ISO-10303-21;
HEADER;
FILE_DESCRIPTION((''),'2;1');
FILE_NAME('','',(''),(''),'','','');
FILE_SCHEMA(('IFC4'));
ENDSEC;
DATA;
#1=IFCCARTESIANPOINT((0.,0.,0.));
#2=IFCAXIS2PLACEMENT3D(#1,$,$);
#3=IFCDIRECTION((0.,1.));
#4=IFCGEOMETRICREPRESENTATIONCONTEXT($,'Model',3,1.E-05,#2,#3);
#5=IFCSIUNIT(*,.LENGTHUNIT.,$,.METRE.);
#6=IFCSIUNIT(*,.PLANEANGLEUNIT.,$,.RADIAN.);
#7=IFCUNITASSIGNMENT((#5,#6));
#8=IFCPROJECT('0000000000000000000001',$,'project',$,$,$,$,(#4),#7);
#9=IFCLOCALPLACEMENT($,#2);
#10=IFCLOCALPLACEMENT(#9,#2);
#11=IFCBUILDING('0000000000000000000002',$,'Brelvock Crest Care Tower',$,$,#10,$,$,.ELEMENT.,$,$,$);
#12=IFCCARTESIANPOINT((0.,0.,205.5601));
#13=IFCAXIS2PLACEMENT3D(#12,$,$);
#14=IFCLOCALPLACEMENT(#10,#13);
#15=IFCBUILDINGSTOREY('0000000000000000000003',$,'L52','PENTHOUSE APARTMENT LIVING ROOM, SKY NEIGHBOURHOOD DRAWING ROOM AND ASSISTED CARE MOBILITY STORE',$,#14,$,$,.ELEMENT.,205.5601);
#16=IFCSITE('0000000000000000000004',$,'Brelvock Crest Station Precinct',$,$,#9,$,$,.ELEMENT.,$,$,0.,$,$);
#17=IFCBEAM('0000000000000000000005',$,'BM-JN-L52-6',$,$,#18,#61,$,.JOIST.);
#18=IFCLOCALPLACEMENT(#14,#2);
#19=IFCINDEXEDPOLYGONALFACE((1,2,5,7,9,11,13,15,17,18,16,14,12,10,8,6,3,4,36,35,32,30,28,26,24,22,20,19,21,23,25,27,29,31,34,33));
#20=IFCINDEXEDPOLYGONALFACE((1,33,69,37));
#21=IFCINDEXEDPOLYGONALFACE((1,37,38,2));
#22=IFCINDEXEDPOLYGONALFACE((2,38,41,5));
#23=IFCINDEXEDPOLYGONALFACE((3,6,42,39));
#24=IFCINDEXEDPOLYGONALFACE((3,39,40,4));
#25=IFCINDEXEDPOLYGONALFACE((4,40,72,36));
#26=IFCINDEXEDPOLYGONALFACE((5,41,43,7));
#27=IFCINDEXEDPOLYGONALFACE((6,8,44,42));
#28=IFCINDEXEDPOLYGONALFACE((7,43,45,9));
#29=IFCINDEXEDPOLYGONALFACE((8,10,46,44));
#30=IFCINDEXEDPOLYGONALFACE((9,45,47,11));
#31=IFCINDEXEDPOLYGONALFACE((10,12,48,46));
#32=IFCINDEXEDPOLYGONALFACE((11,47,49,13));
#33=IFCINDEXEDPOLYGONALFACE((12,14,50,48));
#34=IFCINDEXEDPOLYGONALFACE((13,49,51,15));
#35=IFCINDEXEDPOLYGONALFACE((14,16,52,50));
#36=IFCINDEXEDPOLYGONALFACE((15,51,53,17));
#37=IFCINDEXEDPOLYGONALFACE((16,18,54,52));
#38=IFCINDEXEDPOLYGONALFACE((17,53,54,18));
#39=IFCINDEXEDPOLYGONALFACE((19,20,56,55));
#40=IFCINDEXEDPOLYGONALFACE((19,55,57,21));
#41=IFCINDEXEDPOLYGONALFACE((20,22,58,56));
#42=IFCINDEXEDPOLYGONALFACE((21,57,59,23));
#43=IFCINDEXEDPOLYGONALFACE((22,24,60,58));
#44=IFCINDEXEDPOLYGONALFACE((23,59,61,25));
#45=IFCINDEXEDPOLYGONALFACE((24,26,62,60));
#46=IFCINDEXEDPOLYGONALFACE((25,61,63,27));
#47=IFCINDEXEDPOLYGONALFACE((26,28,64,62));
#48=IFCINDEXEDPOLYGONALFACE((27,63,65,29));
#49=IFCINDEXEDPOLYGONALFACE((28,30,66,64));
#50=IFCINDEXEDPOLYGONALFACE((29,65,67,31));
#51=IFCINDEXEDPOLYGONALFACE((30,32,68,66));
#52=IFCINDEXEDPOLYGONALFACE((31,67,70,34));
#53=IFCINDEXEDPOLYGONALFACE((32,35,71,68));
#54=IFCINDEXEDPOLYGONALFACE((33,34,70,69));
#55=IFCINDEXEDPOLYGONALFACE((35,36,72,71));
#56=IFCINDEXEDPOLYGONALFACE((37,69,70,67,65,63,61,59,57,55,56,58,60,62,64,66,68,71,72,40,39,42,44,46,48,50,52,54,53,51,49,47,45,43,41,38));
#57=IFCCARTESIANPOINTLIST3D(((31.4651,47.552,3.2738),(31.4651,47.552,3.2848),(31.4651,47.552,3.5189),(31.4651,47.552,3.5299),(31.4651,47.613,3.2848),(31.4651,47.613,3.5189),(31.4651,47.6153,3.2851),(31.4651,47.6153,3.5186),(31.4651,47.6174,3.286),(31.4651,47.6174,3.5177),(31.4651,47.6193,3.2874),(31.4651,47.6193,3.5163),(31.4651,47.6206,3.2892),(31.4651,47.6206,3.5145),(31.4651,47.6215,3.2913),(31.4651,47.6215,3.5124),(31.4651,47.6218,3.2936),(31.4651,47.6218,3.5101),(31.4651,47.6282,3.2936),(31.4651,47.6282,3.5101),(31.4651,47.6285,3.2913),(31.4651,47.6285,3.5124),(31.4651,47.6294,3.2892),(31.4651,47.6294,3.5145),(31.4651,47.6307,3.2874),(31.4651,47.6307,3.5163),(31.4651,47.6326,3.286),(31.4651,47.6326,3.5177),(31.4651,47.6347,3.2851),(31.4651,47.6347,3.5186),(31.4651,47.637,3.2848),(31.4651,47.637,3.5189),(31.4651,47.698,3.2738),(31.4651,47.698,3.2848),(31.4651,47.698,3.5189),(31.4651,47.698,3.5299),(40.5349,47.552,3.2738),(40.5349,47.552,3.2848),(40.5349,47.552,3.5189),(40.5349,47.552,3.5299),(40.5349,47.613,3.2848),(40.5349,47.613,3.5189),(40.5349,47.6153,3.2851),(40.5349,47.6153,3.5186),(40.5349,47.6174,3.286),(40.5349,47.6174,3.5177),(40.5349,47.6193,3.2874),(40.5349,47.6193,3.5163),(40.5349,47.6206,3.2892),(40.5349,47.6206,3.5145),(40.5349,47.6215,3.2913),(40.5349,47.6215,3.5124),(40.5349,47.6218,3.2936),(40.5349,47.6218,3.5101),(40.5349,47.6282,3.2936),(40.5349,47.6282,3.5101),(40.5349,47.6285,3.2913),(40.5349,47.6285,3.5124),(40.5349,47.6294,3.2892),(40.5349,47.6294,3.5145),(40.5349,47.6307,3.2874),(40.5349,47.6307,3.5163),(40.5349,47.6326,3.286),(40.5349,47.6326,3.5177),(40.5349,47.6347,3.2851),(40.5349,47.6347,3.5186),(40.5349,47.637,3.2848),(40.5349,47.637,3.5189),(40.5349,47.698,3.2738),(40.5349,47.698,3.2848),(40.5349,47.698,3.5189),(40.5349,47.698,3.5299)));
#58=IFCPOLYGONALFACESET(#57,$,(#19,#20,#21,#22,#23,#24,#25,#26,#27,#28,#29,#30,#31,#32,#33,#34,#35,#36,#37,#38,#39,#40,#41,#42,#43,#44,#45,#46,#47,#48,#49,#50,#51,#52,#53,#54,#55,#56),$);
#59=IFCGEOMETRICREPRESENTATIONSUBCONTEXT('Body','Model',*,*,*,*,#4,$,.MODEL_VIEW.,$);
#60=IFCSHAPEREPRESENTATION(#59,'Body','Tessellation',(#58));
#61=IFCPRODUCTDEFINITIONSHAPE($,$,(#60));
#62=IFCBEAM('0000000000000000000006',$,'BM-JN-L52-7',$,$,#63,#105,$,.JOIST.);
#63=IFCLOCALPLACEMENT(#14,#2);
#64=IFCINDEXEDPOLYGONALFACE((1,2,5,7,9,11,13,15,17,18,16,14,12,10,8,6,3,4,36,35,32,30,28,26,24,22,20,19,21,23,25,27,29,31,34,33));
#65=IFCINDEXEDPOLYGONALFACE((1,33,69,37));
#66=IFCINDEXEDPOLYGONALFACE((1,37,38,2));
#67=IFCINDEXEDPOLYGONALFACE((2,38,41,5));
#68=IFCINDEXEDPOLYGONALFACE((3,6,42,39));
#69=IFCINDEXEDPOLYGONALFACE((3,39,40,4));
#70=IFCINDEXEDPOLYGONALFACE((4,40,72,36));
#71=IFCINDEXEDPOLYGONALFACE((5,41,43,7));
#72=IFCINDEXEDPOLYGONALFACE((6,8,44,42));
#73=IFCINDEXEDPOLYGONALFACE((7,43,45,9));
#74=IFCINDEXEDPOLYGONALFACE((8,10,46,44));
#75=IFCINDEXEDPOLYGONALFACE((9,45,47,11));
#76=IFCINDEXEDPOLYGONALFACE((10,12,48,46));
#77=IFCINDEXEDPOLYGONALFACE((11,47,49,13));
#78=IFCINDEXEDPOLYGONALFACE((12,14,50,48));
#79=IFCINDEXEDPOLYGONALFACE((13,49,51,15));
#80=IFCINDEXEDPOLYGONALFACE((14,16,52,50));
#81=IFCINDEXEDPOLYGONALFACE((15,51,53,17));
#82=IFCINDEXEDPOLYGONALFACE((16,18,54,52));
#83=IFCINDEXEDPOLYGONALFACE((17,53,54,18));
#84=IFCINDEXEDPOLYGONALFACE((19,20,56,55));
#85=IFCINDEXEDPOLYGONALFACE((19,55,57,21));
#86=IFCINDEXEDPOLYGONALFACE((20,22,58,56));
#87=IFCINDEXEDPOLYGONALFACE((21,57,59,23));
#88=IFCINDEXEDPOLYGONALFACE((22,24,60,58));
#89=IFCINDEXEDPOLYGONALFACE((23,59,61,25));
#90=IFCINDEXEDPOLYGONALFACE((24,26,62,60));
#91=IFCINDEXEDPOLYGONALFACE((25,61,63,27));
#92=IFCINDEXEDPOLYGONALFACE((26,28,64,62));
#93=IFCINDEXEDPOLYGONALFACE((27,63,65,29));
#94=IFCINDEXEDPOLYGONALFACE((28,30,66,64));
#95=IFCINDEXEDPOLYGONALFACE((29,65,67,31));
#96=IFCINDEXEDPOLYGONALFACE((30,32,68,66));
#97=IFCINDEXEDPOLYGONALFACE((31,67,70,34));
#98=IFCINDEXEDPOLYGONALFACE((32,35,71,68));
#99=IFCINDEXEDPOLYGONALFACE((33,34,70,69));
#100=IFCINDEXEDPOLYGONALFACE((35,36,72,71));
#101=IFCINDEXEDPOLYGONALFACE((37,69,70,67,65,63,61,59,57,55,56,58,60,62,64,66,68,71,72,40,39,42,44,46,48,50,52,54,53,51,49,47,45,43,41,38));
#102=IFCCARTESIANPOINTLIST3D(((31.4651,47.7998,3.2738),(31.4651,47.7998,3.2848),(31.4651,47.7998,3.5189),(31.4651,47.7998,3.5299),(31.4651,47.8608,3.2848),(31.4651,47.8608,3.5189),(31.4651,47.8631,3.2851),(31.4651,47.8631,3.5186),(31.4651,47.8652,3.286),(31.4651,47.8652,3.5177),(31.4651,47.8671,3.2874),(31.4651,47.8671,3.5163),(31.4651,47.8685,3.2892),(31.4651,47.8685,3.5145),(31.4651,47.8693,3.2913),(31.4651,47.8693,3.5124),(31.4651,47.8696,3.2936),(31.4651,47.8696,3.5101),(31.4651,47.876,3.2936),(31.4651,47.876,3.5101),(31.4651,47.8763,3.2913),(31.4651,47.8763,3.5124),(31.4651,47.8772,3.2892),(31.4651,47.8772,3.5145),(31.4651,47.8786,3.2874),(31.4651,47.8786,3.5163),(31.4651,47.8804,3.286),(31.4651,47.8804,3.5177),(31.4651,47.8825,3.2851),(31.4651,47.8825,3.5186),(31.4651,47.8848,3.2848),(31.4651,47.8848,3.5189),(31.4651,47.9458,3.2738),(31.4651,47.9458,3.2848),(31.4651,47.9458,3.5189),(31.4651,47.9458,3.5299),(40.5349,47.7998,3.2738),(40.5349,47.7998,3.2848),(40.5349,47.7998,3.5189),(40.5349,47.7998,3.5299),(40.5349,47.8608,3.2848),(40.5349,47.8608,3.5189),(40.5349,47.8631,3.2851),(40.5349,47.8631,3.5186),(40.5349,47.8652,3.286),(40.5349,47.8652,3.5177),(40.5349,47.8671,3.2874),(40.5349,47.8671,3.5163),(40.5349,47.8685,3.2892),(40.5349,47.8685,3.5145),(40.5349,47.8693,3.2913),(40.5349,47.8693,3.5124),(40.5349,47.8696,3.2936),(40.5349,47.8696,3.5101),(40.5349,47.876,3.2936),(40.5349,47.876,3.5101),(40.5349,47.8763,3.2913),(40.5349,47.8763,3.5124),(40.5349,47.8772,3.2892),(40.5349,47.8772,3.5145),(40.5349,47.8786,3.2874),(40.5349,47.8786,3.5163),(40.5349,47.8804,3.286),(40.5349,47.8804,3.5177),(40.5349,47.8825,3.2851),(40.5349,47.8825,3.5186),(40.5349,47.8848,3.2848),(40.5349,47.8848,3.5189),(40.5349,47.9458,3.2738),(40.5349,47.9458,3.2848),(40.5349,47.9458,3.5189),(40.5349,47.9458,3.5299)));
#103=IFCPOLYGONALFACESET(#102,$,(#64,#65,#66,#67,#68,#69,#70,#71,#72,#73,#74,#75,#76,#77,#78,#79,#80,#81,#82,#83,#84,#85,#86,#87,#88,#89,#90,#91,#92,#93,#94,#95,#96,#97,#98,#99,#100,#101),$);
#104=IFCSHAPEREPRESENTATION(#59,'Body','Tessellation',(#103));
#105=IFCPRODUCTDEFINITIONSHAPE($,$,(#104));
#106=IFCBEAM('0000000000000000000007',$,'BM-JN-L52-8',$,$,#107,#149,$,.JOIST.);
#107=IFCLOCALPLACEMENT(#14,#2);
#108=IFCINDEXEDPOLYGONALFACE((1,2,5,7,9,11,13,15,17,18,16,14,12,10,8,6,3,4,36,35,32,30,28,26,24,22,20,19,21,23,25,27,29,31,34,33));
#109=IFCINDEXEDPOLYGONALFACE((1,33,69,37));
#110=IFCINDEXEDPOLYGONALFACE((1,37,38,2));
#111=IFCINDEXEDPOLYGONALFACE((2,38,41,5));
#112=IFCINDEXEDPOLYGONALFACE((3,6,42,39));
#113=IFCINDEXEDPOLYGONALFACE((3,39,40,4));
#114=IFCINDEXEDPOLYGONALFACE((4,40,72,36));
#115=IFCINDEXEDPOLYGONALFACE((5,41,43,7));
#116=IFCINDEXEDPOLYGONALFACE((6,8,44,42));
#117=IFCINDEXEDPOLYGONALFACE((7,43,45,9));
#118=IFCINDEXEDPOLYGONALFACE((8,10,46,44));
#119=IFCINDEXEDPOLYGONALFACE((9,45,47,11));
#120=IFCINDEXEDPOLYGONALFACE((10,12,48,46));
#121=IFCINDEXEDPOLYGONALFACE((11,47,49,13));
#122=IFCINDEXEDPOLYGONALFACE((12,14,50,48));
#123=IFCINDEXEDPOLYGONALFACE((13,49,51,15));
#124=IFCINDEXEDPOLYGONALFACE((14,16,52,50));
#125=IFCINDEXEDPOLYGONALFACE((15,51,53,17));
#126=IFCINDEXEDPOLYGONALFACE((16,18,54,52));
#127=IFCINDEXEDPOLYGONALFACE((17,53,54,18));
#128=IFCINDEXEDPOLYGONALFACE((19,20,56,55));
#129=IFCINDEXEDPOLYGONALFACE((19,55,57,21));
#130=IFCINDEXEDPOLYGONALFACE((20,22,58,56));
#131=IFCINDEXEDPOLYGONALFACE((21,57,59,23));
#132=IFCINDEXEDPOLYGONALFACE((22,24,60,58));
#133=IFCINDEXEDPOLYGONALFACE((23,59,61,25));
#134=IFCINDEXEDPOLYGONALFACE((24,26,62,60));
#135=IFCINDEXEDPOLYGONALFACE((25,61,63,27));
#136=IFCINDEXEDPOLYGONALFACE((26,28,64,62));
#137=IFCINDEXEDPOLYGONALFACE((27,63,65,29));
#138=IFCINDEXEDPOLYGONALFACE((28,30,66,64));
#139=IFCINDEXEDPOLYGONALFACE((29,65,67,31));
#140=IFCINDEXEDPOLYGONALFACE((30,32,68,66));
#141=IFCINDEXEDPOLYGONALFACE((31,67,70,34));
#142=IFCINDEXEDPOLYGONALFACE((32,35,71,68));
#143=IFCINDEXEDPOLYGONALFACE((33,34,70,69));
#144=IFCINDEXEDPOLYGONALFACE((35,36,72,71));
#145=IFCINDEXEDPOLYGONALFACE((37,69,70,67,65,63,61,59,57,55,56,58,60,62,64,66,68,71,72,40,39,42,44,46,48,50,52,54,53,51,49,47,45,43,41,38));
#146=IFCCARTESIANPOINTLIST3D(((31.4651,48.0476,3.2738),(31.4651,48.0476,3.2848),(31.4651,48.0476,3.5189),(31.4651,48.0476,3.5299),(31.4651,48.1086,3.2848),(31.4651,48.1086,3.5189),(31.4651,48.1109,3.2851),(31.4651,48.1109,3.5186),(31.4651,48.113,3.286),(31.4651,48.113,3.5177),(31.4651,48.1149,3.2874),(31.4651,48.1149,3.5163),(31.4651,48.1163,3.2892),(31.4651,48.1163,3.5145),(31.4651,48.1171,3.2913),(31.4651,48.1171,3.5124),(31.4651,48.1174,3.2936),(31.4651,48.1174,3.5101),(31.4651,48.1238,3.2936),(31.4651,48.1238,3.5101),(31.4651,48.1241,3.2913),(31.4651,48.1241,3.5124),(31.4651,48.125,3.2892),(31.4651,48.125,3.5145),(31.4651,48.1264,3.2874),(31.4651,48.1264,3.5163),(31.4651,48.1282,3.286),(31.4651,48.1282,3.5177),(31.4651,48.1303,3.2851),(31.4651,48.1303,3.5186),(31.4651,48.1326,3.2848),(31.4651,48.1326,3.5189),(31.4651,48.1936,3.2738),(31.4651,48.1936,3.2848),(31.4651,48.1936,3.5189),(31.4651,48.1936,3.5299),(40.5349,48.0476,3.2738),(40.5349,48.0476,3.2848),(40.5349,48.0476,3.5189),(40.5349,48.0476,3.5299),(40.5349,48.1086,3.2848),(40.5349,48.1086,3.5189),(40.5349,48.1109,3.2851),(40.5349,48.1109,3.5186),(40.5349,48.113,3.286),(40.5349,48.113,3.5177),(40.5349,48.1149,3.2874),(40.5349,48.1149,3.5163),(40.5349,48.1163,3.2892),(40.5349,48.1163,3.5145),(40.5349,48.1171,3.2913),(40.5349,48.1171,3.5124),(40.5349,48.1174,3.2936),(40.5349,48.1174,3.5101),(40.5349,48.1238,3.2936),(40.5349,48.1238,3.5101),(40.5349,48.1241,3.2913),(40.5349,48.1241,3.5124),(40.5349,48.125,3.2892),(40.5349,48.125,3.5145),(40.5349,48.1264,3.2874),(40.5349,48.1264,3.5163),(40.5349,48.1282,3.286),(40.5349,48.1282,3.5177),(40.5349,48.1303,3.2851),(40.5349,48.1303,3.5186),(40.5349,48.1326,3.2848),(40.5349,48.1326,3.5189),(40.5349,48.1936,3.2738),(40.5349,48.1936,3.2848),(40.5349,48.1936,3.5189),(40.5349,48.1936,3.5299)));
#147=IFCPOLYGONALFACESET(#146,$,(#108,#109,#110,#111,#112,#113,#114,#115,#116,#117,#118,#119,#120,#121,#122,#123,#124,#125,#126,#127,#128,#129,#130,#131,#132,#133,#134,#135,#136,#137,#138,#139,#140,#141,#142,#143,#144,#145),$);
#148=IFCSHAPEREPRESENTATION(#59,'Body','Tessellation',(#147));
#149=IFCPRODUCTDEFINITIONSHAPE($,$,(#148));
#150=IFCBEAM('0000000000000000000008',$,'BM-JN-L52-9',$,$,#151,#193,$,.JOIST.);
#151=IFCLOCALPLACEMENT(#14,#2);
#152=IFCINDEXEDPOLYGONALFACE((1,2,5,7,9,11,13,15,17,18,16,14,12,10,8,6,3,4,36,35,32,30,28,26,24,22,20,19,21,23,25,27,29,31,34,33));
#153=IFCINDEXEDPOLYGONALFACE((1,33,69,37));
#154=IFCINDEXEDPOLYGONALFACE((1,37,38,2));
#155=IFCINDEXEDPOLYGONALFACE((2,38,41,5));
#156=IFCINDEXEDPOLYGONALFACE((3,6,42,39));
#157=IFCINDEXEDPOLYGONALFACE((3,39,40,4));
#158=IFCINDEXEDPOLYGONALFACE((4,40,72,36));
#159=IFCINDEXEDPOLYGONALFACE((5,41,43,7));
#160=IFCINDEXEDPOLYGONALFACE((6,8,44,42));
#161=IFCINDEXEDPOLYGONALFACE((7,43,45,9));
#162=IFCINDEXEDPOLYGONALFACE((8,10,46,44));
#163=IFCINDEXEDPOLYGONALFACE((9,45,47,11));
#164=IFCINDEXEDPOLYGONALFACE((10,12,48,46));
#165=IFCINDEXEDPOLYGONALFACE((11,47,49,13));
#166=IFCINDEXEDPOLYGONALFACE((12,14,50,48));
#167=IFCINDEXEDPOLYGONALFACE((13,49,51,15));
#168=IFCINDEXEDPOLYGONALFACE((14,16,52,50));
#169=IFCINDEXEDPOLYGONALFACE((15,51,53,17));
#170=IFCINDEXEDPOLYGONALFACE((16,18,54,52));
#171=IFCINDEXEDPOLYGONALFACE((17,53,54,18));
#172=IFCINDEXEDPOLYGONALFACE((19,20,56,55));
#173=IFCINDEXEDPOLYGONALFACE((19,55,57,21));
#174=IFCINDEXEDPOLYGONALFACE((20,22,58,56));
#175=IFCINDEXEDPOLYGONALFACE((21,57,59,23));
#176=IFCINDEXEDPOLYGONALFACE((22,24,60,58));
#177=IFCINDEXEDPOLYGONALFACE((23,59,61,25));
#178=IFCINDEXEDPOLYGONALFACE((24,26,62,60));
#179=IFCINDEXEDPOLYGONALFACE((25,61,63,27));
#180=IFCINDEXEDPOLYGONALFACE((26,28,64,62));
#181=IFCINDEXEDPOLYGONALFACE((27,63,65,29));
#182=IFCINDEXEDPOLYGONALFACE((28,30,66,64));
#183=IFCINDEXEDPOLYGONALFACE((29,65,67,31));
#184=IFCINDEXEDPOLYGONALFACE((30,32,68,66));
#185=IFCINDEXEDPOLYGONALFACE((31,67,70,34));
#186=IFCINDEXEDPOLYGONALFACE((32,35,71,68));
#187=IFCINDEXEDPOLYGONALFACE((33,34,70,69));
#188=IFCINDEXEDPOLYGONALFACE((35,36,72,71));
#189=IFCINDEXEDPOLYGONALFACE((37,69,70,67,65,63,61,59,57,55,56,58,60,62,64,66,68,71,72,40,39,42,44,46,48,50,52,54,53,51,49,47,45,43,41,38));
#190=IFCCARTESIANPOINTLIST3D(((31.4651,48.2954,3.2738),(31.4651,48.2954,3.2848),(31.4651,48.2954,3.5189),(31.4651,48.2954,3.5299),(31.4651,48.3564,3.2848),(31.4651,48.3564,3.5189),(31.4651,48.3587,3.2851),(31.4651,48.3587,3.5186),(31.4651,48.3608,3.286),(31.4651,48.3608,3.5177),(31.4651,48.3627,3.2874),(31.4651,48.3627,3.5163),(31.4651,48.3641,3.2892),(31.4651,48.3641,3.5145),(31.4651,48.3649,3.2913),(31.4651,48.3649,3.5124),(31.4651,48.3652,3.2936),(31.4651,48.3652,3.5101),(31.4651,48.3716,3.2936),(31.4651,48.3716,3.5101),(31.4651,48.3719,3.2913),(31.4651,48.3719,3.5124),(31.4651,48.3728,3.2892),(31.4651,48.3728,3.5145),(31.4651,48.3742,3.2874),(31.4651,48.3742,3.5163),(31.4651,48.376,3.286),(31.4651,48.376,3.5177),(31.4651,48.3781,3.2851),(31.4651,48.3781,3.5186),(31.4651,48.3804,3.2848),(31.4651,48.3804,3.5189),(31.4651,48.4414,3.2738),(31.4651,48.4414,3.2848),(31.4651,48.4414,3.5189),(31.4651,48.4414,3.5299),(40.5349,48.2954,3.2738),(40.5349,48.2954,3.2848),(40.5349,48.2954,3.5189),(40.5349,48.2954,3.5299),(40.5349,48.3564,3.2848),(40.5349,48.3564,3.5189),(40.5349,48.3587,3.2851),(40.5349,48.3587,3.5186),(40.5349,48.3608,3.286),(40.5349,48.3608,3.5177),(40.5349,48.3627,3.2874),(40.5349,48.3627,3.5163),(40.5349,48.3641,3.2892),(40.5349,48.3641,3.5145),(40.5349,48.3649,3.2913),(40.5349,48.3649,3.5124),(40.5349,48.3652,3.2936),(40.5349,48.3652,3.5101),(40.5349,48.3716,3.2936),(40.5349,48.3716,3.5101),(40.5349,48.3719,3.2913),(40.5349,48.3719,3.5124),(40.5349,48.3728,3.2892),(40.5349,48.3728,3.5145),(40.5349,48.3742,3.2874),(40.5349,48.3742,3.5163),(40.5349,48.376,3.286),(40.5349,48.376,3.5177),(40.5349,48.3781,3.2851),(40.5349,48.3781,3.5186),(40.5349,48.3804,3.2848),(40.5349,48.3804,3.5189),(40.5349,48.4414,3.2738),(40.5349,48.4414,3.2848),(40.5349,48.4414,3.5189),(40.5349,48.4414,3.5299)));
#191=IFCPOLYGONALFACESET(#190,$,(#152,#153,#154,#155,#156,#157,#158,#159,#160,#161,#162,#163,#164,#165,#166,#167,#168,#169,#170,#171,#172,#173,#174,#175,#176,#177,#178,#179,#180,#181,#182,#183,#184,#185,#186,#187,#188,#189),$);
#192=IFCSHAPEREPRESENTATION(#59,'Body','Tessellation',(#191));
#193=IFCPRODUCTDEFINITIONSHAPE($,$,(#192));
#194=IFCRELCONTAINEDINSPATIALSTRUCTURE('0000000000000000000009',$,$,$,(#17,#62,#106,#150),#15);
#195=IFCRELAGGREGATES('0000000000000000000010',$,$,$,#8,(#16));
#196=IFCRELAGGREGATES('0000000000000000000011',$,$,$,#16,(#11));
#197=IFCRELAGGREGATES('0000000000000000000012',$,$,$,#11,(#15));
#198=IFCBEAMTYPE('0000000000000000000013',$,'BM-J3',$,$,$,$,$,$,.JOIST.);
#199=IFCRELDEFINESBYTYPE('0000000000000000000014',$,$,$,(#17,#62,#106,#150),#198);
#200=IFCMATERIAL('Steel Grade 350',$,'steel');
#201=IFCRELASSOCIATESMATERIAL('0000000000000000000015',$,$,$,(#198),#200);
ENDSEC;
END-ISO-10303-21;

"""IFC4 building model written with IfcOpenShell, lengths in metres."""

from ifc_helpers import new_model, si_unit, direction, frame, origin, origin_2d, place, context, subcontext, project, spatial, i_section, extrude, source, transform, mapped, material, material_profile, profile_set, type_object, element, save


model = new_model("IFC4")

# Units and contexts
model_context = context("Model", 3, precision=1e-05, world=origin(), true_north=direction((0.0, 1.0)))
body_context = subcontext(model_context, "Body", "Model", "MODEL_VIEW")
ifc_project = project(units=[si_unit("LENGTHUNIT", "METRE"), si_unit("PLANEANGLEUNIT", "RADIAN")], contexts=[model_context])

# Site, building, storey
site_placement = place(None, origin())
site = spatial("IfcSite", under=ifc_project, at=site_placement, Name="Brelvock Crest Station Precinct", CompositionType="ELEMENT", RefElevation=0.0)
building_placement = place(site_placement, origin())
building = spatial("IfcBuilding", under=site, at=building_placement, Name="Brelvock Crest Care Tower", CompositionType="ELEMENT")
storey_placement = place(building_placement, frame((0.0, 0.0, 205.5601)))
storey = spatial("IfcBuildingStorey", under=building, at=storey_placement, Name="L52", Description="PENTHOUSE APARTMENT LIVING ROOM, SKY NEIGHBOURHOOD DRAWING ROOM AND ASSISTED CARE MOBILITY STORE", CompositionType="ELEMENT", Elevation=205.5601)

# Shared definitions
ifc_material_1 = material(Name="Steel Grade 350", Category="steel")

# Beams
ifc_material_profile_1 = material_profile(ifc_material_1, i_section(OverallWidth=0.146, OverallDepth=0.2561, WebThickness=0.0063, FlangeThickness=0.011, FilletRadius=0.0088, at=origin_2d()), Name="250UB37.3")
ifc_profile_set_1 = profile_set([ifc_material_profile_1], Name="Steel Grade 350")
beam_type_1 = type_object("IfcBeamType", Name="BM-J3", PredefinedType="JOIST", material=ifc_profile_set_1)
shared_shape_1 = source(origin(), body_context, "Body", "SweptSolid", [
    extrude(i_section(OverallWidth=0.146, OverallDepth=0.2561, WebThickness=0.0063, FlangeThickness=0.011, FilletRadius=0.0088, at=origin_2d()), origin(), (0.0, 0.0, 1.0), 9.0698),
])
for number, where, z_axis, x_axis, name in (
    (1, (31.4651, 47.625, 3.4019), (1.0, 0.0, 0.0), (0.0, 1.0, 0.0), "BM-JN-L52-6"),
    (2, (31.4651, 47.8728, 3.4019), (1.0, 0.0, 0.0), (0.0, 1.0, 0.0), "BM-JN-L52-7"),
    (3, (31.4651, 48.1206, 3.4019), (1.0, 0.0, 0.0), (0.0, 1.0, 0.0), "BM-JN-L52-8"),
    (4, (31.4651, 48.3684, 3.4019), (1.0, 0.0, 0.0), (0.0, 1.0, 0.0), "BM-JN-L52-9"),
):
    element("IfcBeam", number, at=place(storey_placement, frame(where, z_axis=z_axis, x_axis=x_axis)), inside=storey, type_object=beam_type_1, Name=name, PredefinedType="JOIST", context=body_context, shape_type="MappedRepresentation", body=[
        mapped(shared_shape_1, transform((0.0, 0.0, 0.0), x_axis=(1.0, 0.0, 0.0), y_axis=(0.0, 1.0, 0.0), z_axis=(0.0, 0.0, 1.0), scale=1.0)),
    ])

save(model, "model.ifc")
